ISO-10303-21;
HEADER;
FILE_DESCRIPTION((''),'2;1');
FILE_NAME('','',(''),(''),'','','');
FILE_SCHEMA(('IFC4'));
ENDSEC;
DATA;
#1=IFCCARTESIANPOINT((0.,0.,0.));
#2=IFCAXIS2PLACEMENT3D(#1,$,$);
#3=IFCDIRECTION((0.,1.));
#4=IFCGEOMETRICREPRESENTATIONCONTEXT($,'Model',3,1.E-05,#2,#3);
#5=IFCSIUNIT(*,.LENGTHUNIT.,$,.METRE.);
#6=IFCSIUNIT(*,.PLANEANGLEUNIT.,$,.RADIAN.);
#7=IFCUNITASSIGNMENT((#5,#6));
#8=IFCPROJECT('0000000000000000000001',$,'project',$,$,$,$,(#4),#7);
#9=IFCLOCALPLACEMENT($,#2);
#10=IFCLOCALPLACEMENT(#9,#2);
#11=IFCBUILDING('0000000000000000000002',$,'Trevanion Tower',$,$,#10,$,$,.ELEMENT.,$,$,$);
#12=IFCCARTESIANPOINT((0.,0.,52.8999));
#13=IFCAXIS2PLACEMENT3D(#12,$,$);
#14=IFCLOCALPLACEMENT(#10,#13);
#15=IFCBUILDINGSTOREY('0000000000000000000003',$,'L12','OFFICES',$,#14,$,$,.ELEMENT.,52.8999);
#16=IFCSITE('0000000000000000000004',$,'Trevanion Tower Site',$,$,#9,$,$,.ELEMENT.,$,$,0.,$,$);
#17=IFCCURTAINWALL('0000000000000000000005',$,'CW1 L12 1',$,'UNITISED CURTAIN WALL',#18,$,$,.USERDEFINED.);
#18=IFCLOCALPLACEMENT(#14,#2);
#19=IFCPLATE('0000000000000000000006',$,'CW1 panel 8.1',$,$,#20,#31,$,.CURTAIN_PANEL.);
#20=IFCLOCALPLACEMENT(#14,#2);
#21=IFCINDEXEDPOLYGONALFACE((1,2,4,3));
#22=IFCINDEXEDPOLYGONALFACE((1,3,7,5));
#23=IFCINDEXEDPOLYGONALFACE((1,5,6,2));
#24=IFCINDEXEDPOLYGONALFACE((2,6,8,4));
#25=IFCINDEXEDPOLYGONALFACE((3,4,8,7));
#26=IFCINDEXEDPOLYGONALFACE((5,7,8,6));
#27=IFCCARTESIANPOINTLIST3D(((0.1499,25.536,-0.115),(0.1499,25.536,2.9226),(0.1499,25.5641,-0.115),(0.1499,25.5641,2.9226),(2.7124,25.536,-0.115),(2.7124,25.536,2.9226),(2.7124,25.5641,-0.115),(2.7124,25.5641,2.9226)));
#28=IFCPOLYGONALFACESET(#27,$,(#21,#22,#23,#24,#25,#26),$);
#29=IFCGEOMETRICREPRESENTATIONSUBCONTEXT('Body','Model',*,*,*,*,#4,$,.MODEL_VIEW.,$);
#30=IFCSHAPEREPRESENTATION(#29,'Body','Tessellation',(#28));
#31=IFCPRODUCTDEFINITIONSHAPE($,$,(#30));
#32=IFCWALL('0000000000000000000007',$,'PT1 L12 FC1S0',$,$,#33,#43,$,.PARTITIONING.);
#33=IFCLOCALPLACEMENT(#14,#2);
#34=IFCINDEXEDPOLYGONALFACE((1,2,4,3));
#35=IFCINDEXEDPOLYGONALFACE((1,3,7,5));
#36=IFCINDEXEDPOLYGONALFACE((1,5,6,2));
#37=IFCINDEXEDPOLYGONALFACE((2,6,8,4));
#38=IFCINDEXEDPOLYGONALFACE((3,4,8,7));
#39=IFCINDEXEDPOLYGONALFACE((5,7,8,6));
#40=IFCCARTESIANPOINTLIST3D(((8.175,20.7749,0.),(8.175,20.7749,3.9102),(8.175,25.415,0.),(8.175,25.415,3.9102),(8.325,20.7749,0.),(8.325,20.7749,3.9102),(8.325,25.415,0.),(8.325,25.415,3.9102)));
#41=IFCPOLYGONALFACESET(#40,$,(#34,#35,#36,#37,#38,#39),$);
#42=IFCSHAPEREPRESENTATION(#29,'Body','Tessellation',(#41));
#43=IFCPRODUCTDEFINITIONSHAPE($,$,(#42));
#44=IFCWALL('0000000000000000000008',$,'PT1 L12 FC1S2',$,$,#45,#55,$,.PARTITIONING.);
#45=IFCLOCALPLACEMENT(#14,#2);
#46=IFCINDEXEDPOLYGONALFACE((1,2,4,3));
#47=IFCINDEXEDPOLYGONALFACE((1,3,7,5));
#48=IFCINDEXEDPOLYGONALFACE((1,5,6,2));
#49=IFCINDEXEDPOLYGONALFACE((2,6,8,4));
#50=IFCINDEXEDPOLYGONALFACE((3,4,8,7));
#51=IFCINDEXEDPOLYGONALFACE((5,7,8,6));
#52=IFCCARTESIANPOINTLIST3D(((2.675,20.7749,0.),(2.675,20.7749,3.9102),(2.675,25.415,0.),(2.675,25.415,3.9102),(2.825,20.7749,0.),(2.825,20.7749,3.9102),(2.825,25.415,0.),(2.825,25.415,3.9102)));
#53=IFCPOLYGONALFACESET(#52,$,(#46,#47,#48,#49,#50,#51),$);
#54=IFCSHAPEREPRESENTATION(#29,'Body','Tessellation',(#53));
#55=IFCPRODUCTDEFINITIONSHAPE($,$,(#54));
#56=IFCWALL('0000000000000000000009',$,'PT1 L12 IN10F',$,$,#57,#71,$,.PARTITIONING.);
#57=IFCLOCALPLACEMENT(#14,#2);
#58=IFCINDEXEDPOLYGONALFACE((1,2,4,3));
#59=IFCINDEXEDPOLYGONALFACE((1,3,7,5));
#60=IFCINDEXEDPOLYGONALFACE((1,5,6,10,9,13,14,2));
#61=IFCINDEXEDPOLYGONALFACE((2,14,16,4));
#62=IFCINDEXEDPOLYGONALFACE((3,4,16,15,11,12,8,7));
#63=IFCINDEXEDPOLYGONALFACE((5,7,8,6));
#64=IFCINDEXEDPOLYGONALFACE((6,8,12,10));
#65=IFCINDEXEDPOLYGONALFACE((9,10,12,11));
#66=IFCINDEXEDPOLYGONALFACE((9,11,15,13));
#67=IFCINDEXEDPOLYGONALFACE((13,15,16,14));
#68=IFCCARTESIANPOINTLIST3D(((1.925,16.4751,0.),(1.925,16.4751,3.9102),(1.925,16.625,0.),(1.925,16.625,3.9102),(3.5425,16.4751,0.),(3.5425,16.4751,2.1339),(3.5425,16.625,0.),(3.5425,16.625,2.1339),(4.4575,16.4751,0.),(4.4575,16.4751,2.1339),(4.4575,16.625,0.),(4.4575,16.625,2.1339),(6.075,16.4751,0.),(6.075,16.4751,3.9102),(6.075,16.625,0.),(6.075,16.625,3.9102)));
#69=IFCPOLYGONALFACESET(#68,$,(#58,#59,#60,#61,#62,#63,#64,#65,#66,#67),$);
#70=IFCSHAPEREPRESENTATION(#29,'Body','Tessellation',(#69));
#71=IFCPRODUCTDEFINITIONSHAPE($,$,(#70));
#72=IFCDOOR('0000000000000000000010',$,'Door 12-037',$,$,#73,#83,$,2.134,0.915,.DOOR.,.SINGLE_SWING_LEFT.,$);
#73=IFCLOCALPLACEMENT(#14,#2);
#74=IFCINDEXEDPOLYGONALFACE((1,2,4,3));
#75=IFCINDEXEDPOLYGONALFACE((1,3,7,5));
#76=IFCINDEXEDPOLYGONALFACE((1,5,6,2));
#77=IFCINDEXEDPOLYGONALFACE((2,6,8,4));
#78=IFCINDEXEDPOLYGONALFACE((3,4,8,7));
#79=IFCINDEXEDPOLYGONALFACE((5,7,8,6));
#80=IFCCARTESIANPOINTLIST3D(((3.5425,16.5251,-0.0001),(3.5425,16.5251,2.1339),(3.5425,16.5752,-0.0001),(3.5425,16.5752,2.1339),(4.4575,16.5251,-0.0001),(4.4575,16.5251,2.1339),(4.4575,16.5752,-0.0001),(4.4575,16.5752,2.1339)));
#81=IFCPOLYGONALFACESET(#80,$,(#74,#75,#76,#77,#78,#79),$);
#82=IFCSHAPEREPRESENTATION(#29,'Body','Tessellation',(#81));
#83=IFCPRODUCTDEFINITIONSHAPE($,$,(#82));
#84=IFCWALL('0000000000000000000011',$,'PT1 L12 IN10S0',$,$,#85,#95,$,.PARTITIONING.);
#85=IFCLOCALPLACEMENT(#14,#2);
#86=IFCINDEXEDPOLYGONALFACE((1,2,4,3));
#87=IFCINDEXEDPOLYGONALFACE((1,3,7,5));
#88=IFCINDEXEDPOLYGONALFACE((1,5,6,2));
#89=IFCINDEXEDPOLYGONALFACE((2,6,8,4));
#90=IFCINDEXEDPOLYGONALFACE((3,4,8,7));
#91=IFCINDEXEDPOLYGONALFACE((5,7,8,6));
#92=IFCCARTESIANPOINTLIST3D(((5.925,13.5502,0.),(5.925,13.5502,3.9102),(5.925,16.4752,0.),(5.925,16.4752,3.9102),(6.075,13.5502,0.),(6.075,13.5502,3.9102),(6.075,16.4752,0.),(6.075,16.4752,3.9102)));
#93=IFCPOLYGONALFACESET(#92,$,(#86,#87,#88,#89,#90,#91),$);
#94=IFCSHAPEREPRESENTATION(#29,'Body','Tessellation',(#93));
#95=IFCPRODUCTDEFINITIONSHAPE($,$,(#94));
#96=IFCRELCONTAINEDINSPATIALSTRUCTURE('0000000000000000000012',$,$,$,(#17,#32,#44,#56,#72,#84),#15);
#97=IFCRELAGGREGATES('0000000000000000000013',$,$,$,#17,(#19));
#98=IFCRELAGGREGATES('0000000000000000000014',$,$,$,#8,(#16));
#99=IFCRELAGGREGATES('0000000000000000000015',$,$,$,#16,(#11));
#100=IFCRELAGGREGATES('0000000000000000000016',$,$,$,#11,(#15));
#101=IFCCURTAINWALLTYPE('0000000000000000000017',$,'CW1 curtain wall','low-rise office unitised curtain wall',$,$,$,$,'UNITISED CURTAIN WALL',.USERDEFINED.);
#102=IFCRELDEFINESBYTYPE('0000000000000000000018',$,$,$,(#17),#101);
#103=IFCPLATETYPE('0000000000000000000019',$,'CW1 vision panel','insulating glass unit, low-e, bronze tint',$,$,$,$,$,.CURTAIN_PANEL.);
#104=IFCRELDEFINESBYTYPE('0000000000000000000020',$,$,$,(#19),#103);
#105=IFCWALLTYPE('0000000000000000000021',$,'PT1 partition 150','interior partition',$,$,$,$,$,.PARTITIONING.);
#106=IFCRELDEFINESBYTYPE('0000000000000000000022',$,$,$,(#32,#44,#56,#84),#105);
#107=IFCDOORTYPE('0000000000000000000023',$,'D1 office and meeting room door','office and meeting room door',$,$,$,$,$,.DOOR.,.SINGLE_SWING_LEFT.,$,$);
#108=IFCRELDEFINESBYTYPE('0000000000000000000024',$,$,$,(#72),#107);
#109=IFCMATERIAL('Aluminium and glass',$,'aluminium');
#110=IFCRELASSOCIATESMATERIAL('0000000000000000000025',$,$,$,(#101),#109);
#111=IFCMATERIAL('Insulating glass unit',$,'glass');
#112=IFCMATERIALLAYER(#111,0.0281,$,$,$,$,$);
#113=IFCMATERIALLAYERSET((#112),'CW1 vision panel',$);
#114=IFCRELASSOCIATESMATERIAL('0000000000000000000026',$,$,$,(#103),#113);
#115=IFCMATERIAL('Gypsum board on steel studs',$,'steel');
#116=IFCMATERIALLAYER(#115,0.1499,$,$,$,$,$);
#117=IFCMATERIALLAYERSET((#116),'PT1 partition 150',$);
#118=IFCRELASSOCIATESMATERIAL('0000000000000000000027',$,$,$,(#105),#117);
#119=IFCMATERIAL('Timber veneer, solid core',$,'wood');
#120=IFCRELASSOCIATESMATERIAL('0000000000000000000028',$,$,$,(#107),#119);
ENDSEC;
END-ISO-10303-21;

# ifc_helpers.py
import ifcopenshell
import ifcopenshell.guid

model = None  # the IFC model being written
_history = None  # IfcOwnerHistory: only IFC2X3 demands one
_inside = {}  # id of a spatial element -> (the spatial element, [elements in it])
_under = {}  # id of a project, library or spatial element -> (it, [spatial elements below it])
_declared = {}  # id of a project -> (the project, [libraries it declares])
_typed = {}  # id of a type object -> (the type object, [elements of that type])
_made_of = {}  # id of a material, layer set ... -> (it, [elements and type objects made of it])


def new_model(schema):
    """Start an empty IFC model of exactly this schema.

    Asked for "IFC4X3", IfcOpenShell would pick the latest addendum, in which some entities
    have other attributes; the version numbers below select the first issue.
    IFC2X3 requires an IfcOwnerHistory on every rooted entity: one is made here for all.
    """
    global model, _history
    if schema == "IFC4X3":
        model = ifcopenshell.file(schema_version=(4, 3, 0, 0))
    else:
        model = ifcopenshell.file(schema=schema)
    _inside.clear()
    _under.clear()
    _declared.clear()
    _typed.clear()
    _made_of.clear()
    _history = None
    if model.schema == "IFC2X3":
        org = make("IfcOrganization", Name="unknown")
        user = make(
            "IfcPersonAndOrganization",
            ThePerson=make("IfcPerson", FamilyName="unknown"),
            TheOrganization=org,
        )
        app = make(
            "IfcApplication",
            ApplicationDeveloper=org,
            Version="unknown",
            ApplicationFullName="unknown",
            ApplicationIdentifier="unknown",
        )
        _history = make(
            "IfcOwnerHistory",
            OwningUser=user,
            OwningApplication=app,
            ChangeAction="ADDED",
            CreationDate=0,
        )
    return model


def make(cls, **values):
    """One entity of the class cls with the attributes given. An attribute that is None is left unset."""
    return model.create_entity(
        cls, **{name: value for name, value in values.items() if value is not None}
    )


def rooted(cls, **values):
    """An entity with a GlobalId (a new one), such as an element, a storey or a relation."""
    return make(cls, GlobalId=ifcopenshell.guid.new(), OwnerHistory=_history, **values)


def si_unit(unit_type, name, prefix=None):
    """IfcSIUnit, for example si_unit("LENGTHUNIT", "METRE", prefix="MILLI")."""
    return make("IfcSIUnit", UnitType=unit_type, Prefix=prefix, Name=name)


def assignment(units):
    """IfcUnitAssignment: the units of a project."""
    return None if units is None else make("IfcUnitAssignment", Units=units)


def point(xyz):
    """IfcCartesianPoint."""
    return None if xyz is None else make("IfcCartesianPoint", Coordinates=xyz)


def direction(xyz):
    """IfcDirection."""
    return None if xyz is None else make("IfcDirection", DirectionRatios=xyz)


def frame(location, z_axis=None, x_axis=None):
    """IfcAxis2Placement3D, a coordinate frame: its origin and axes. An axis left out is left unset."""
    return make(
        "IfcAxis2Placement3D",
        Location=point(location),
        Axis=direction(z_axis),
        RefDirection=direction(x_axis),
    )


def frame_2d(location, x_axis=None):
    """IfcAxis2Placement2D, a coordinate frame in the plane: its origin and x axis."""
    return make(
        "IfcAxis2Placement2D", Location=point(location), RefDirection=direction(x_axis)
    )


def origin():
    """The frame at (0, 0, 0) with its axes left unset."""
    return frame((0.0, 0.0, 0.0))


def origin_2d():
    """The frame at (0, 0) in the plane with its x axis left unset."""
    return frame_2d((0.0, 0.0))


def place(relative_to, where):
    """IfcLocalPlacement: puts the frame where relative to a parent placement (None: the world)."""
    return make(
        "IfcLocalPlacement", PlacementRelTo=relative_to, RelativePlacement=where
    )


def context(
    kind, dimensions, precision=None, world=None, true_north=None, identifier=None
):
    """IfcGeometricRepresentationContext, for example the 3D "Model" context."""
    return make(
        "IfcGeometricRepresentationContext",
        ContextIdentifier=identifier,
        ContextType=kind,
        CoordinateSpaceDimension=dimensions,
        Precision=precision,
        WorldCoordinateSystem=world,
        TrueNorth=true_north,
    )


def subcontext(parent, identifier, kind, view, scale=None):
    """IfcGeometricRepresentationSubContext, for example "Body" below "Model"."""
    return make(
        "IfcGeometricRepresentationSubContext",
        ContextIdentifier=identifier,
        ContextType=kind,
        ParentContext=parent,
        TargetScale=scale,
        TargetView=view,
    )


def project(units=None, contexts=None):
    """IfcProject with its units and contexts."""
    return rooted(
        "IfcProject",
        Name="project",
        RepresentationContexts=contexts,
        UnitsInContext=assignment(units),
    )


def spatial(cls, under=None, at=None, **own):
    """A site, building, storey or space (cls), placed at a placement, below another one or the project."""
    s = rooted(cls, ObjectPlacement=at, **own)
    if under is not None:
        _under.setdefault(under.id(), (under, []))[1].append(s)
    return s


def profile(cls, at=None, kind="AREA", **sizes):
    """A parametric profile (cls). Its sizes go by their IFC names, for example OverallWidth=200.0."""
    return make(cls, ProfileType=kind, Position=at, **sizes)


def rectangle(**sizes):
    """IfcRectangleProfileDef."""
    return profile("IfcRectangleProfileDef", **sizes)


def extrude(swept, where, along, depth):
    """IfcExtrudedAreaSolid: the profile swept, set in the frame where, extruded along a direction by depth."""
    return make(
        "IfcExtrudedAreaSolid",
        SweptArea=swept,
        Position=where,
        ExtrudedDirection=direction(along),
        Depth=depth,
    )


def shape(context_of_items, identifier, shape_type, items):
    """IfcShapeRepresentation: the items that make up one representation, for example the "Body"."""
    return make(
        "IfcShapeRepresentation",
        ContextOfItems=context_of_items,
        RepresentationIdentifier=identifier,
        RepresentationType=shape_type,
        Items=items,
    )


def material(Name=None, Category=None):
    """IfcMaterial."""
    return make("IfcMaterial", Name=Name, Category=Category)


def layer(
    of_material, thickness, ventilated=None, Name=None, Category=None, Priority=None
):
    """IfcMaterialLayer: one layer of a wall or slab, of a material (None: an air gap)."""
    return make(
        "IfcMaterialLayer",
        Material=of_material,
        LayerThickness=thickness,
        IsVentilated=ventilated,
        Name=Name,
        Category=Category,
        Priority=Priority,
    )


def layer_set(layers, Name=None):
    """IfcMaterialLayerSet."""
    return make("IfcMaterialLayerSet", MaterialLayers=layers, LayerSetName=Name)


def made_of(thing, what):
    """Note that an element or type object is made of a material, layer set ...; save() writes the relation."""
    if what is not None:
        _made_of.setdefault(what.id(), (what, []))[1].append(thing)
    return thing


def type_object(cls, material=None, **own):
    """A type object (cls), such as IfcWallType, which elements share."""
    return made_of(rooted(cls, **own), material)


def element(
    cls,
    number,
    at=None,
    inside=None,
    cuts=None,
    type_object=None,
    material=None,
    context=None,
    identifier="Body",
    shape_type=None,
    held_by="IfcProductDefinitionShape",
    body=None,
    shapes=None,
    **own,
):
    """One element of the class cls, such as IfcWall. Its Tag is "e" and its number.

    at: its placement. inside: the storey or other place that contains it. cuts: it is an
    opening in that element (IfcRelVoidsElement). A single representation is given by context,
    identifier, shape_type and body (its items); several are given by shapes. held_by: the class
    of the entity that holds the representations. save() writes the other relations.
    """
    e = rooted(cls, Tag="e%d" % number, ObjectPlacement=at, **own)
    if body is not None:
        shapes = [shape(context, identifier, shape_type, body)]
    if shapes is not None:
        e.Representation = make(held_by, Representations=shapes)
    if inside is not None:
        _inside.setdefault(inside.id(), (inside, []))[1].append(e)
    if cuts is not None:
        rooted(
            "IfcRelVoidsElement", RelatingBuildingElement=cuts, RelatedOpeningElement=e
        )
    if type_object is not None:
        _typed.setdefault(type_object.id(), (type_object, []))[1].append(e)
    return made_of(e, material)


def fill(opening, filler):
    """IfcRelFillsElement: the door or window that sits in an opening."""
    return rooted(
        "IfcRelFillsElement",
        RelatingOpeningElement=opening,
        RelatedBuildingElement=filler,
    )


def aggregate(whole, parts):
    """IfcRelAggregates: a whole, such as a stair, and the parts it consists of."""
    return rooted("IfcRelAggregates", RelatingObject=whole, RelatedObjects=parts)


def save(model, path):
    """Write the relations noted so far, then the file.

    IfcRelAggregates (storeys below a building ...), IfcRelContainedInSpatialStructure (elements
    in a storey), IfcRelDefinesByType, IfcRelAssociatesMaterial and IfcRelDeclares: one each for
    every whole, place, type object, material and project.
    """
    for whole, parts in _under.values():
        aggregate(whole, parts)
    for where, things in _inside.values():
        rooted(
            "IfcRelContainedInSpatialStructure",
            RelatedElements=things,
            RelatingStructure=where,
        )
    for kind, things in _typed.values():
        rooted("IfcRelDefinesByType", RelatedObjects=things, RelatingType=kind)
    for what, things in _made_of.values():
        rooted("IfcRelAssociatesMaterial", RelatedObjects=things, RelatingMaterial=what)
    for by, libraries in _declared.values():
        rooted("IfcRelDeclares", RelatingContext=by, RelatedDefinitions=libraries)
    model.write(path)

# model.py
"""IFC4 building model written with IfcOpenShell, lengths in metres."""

from ifc_helpers import new_model, si_unit, direction, frame, frame_2d, origin, origin_2d, place, context, subcontext, project, spatial, rectangle, extrude, material, layer, layer_set, type_object, element, fill, aggregate, save


model = new_model("IFC4")

# Units and contexts
model_context = context("Model", 3, precision=1e-05, world=origin(), true_north=direction((0.0, 1.0)))
body_context = subcontext(model_context, "Body", "Model", "MODEL_VIEW")
ifc_project = project(units=[si_unit("LENGTHUNIT", "METRE"), si_unit("PLANEANGLEUNIT", "RADIAN")], contexts=[model_context])

# Site, building, storey
site_placement = place(None, origin())
site = spatial("IfcSite", under=ifc_project, at=site_placement, Name="Trevanion Tower Site", CompositionType="ELEMENT", RefElevation=0.0)
building_placement = place(site_placement, origin())
building = spatial("IfcBuilding", under=site, at=building_placement, Name="Trevanion Tower", CompositionType="ELEMENT")
storey_placement = place(building_placement, frame((0.0, 0.0, 52.8999)))
storey = spatial("IfcBuildingStorey", under=building, at=storey_placement, Name="L12", Description="OFFICES", CompositionType="ELEMENT", Elevation=52.8999)

# Curtain wall, plate
ifc_material_1 = material(Name="Aluminium and glass", Category="aluminium")
curtain_wall_type = type_object("IfcCurtainWallType", Name="CW1 curtain wall", Description="low-rise office unitised curtain wall", ElementType="UNITISED CURTAIN WALL", PredefinedType="USERDEFINED", material=ifc_material_1)
curtain_wall_placement = place(storey_placement, origin())
curtain_wall = element("IfcCurtainWall", 1, at=curtain_wall_placement, inside=storey, type_object=curtain_wall_type, Name="CW1 L12 1", ObjectType="UNITISED CURTAIN WALL", PredefinedType="USERDEFINED")
ifc_material_2 = material(Name="Insulating glass unit", Category="glass")
ifc_layer_1 = layer(ifc_material_2, 0.0281)
ifc_layer_set_1 = layer_set([ifc_layer_1], Name="CW1 vision panel")
plate_type_1 = type_object("IfcPlateType", Name="CW1 vision panel", Description="insulating glass unit, low-e, bronze tint", PredefinedType="CURTAIN_PANEL", material=ifc_layer_set_1)
plate_1_placement = place(storey_placement, frame((1.4312, 25.55, -0.115), z_axis=(0.0, 0.0, 1.0), x_axis=(-1.0, 0.0, 0.0)))
plate_1 = element("IfcPlate", 2, at=plate_1_placement, type_object=plate_type_1, Name="CW1 panel 8.1", PredefinedType="CURTAIN_PANEL", context=body_context, shape_type="SweptSolid", body=[
    extrude(rectangle(XDim=2.5625, YDim=0.0281, at=origin_2d()), origin(), (0.0, 0.0, 1.0), 3.0376),
])
aggregate(curtain_wall, [plate_1])

# Walls
ifc_material_3 = material(Name="Gypsum board on steel studs", Category="steel")
ifc_layer_2 = layer(ifc_material_3, 0.1499)
ifc_layer_set_2 = layer_set([ifc_layer_2], Name="PT1 partition 150")
wall_type = type_object("IfcWallType", Name="PT1 partition 150", Description="interior partition", PredefinedType="PARTITIONING", material=ifc_layer_set_2)
for number, where, z_axis, x_axis, name in (
    (3, (8.25, 20.7749, 0.0), (0.0, 0.0, 1.0), (0.0, 1.0, 0.0), "PT1 L12 FC1S0"),
    (4, (2.75, 20.7749, 0.0), (0.0, 0.0, 1.0), (0.0, 1.0, 0.0), "PT1 L12 FC1S2"),
):
    element("IfcWall", number, at=place(storey_placement, frame(where, z_axis=z_axis, x_axis=x_axis)), inside=storey, type_object=wall_type, Name=name, PredefinedType="PARTITIONING", context=body_context, shape_type="SweptSolid", body=[
        extrude(rectangle(XDim=4.6401, YDim=0.1499, at=frame_2d((2.3201, 0.0))), origin(), (0.0, 0.0, 1.0), 3.9102),
    ])

# Wall, opening, door
wall_1_placement = place(storey_placement, frame((6.075, 16.55, 0.0), z_axis=(0.0, 0.0, 1.0), x_axis=(-1.0, 0.0, 0.0)))
wall_1 = element("IfcWall", 5, at=wall_1_placement, inside=storey, type_object=wall_type, Name="PT1 L12 IN10F", PredefinedType="PARTITIONING", context=body_context, shape_type="SweptSolid", body=[
    extrude(rectangle(XDim=4.1499, YDim=0.1499, at=frame_2d((2.075, 0.0))), origin(), (0.0, 0.0, 1.0), 3.9102),
])
opening_placement = place(wall_1_placement, frame((1.6174, 0.0, 0.0)))
opening = element("IfcOpeningElement", 6, at=opening_placement, cuts=wall_1, PredefinedType="OPENING", context=body_context, shape_type="SweptSolid", body=[
    extrude(rectangle(XDim=0.915, YDim=2.134, at=frame_2d((0.4575, 1.0669))), frame((0.0, 0.085, 0.0), z_axis=(0.0, -1.0, 0.0), x_axis=(1.0, 0.0, 0.0)), (0.0, 0.0, 1.0), 0.1699),
])
ifc_material_4 = material(Name="Timber veneer, solid core", Category="wood")
door_type = type_object("IfcDoorType", Name="D1 office and meeting room door", Description="office and meeting room door", OperationType="SINGLE_SWING_LEFT", PredefinedType="DOOR", material=ifc_material_4)
door_placement = place(opening_placement, origin())
door = element("IfcDoor", 7, at=door_placement, inside=storey, type_object=door_type, Name="Door 12-037", OperationType="SINGLE_SWING_LEFT", OverallHeight=2.134, OverallWidth=0.915, PredefinedType="DOOR", context=body_context, shape_type="SweptSolid", body=[
    extrude(rectangle(XDim=0.915, YDim=2.134, at=frame_2d((0.4575, 1.0669))), frame((0.0, 0.0249, 0.0), z_axis=(0.0, -1.0, 0.0), x_axis=(1.0, 0.0, 0.0)), (0.0, 0.0, 1.0), 0.05),
])
fill(opening, door)

# Wall
wall_2_placement = place(storey_placement, frame((6.0, 16.4751, 0.0), z_axis=(0.0, 0.0, 1.0), x_axis=(0.0, -1.0, 0.0)))
element("IfcWall", 8, at=wall_2_placement, inside=storey, type_object=wall_type, Name="PT1 L12 IN10S0", PredefinedType="PARTITIONING", context=body_context, shape_type="SweptSolid", body=[
    extrude(rectangle(XDim=2.925, YDim=0.1499, at=frame_2d((1.4624, 0.0))), origin(), (0.0, 0.0, 1.0), 3.9102),
])

save(model, "model.ifc")
